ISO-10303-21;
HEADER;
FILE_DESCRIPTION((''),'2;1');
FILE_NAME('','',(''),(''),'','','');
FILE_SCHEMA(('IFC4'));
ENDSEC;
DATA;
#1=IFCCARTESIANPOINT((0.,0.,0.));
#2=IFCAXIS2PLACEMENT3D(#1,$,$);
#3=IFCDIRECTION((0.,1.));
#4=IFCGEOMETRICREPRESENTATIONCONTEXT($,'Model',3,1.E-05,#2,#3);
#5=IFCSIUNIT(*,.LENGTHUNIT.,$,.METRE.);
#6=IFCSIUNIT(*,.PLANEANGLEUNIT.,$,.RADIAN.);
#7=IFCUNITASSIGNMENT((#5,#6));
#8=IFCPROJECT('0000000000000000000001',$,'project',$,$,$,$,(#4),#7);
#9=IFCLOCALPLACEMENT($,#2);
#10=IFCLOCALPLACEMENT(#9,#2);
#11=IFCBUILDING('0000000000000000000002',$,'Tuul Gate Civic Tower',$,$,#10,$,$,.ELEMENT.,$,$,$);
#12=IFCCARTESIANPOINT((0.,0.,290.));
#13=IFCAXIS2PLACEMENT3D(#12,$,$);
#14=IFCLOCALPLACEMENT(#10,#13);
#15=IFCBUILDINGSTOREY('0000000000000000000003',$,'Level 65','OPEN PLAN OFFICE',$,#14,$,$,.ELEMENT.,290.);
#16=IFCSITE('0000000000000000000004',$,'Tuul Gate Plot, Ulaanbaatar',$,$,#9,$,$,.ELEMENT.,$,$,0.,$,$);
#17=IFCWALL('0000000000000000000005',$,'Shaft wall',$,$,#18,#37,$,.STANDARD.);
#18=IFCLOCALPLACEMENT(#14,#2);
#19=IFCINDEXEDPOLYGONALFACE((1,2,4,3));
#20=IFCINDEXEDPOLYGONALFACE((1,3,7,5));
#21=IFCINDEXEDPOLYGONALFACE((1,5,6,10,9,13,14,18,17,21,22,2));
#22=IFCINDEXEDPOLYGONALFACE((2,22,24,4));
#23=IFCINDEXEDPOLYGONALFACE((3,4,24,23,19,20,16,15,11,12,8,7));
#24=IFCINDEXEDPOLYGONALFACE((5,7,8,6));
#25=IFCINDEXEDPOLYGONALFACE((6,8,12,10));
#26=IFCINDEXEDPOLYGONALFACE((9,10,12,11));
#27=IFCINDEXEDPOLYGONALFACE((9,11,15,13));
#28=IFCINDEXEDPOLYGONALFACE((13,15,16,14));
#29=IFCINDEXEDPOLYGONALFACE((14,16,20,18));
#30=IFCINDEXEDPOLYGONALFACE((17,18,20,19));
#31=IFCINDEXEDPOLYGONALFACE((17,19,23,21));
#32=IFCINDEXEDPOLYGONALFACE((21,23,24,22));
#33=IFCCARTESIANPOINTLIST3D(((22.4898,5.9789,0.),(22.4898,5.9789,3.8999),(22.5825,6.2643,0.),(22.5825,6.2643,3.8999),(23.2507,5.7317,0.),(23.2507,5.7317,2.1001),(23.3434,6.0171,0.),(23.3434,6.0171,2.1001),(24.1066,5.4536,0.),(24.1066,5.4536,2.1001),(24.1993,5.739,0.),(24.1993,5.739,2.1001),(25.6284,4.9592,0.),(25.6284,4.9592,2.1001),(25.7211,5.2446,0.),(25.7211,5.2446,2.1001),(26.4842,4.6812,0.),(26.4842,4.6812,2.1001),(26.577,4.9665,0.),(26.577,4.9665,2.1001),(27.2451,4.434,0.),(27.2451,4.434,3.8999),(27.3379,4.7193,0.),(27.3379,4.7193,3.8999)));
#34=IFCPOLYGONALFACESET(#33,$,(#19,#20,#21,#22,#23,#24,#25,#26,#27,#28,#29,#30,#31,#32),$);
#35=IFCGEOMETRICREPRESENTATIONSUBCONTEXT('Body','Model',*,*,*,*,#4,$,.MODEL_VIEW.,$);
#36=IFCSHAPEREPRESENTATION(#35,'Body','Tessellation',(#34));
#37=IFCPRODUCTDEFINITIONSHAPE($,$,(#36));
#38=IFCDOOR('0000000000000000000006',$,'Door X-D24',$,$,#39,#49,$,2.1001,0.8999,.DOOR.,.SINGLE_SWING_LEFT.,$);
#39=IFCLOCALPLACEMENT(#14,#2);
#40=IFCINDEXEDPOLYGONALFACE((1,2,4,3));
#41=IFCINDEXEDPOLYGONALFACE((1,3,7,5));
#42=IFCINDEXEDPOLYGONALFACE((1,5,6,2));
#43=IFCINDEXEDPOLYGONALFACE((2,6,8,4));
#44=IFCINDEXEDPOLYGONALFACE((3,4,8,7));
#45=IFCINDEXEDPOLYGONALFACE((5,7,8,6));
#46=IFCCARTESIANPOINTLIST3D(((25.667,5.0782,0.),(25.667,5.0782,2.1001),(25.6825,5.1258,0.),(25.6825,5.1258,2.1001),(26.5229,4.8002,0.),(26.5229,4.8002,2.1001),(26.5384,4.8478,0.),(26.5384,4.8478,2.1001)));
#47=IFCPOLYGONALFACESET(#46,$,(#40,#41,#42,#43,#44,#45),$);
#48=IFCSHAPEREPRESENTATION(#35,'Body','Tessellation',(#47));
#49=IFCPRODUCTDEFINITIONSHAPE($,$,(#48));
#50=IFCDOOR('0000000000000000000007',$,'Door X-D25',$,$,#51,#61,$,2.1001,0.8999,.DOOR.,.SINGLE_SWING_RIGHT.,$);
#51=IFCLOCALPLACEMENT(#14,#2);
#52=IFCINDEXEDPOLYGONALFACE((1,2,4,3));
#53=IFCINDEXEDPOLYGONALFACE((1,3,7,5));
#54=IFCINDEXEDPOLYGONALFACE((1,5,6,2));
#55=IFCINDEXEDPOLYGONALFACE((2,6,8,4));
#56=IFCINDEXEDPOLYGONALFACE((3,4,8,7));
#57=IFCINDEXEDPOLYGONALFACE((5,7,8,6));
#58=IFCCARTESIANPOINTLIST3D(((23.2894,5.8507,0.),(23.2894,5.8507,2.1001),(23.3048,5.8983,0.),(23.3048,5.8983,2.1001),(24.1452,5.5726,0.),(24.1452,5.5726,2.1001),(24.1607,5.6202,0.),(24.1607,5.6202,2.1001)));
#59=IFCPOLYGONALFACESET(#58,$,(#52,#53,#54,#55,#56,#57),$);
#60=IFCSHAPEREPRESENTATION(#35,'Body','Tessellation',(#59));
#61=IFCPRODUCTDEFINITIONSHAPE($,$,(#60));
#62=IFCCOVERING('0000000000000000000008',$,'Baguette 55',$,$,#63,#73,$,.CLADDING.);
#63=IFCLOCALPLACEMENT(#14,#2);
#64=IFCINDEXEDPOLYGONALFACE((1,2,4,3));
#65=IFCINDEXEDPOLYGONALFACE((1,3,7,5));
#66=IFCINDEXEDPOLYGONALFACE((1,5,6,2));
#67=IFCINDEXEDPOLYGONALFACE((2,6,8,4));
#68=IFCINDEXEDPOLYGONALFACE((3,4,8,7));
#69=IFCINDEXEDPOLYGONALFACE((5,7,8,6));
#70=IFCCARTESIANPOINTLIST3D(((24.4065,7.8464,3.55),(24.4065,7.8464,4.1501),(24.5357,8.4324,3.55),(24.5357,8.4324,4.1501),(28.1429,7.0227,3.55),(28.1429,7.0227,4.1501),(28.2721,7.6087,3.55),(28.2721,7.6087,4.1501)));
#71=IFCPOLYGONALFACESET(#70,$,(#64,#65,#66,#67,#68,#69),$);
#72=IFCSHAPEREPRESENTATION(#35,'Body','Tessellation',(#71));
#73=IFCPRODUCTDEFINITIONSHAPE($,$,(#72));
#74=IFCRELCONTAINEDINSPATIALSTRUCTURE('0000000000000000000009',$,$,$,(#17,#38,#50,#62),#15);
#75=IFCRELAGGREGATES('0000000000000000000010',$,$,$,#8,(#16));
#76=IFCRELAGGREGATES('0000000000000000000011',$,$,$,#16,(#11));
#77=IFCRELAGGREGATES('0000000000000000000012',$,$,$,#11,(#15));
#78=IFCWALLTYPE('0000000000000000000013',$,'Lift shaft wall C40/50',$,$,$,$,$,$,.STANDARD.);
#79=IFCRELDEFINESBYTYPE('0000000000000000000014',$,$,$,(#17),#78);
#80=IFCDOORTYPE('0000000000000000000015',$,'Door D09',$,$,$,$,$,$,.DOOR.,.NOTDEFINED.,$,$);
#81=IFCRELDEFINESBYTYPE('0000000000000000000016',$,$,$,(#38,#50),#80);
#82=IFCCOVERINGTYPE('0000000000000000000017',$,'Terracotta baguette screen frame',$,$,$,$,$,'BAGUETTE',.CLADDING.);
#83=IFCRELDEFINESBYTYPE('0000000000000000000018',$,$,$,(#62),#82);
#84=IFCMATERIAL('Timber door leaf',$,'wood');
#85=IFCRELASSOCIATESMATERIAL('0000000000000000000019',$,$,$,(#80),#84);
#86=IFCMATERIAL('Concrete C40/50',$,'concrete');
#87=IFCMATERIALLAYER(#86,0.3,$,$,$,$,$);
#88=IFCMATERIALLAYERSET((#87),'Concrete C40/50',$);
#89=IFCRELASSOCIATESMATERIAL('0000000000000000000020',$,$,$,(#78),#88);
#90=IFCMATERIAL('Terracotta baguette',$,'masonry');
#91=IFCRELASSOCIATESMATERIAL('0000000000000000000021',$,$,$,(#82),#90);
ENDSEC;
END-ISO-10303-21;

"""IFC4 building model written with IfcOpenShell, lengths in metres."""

from ifc_helpers import new_model, si_unit, direction, frame, frame_2d, origin, origin_2d, place, context, subcontext, project, spatial, rectangle, extrude, material, layer, layer_set, material_profile, profile_set, type_object, element, fill, save


model = new_model("IFC4")

# Units and contexts
model_context = context("Model", 3, precision=1e-05, world=origin(), true_north=direction((0.0, 1.0)))
body_context = subcontext(model_context, "Body", "Model", "MODEL_VIEW")
ifc_project = project(units=[si_unit("LENGTHUNIT", "METRE"), si_unit("PLANEANGLEUNIT", "RADIAN")], contexts=[model_context])

# Site, building, storey
site_placement = place(None, origin())
site = spatial("IfcSite", under=ifc_project, at=site_placement, Name="Tuul Gate Plot, Ulaanbaatar", CompositionType="ELEMENT", RefElevation=0.0)
building_placement = place(site_placement, origin())
building = spatial("IfcBuilding", under=site, at=building_placement, Name="Tuul Gate Civic Tower", CompositionType="ELEMENT")
storey_placement = place(building_placement, frame((0.0, 0.0, 290.0)))
storey = spatial("IfcBuildingStorey", under=building, at=storey_placement, Name="Level 65", Description="OPEN PLAN OFFICE", CompositionType="ELEMENT", Elevation=290.0)

# Shared definitions
ifc_material_1 = material(Name="Timber door leaf", Category="wood")
door_type_1 = type_object("IfcDoorType", Name="Door D09", OperationType="NOTDEFINED", PredefinedType="DOOR", material=ifc_material_1)

# Shared definitions
ifc_material_2 = material(Name="Concrete C40/50", Category="concrete")
ifc_layer_1 = layer(ifc_material_2, 0.3)
ifc_layer_set_1 = layer_set([ifc_layer_1], Name="Concrete C40/50")
wall_type_1 = type_object("IfcWallType", Name="Lift shaft wall C40/50", PredefinedType="STANDARD", material=ifc_layer_set_1)

# Wall, openings, doors
wall_1_placement = place(storey_placement, frame((27.2915, 4.5767, 0.0), z_axis=(0.0, 0.0, 1.0), x_axis=(-0.951068, 0.308982, 0.0)))
wall_1 = element("IfcWall", 1, at=wall_1_placement, inside=storey, type_object=wall_type_1, Name="Shaft wall", PredefinedType="STANDARD", context=body_context, shape_type="SweptSolid", body=[
    extrude(rectangle(XDim=5.0, YDim=0.3, at=frame_2d((2.5, 0.0))), origin(), (0.0, 0.0, 1.0), 3.8999),
])
opening_1_placement = place(wall_1_placement, frame((0.8, 0.0, 0.0)))
opening_1 = element("IfcOpeningElement", 2, at=opening_1_placement, cuts=wall_1, PredefinedType="OPENING", context=body_context, shape_type="SweptSolid", body=[
    extrude(rectangle(XDim=0.8999, YDim=2.1001, at=frame_2d((0.45, 1.05))), frame((0.0, 0.1602, 0.0), z_axis=(0.0, -1.0, 0.0), x_axis=(1.0, 0.0, 0.0)), (0.0, 0.0, 1.0), 0.3201),
])
opening_2_placement = place(wall_1_placement, frame((3.3, 0.0, 0.0)))
opening_2 = element("IfcOpeningElement", 3, at=opening_2_placement, cuts=wall_1, PredefinedType="OPENING", context=body_context, shape_type="SweptSolid", body=[
    extrude(rectangle(XDim=0.8999, YDim=2.1001, at=frame_2d((0.45, 1.05))), frame((0.0, 0.1602, 0.0), z_axis=(0.0, -1.0, 0.0), x_axis=(1.0, 0.0, 0.0)), (0.0, 0.0, 1.0), 0.3201),
])
door_1_placement = place(opening_1_placement, origin())
door_1 = element("IfcDoor", 4, at=door_1_placement, inside=storey, type_object=door_type_1, Name="Door X-D24", OperationType="SINGLE_SWING_LEFT", OverallHeight=2.1001, OverallWidth=0.8999, PredefinedType="DOOR", context=body_context, shape_type="SweptSolid", body=[
    extrude(rectangle(XDim=0.8999, YDim=2.1001, at=frame_2d((0.45, 1.05))), frame((0.0, 0.0249, 0.0), z_axis=(0.0, -1.0, 0.0), x_axis=(1.0, 0.0, 0.0)), (0.0, 0.0, 1.0), 0.05),
])
fill(opening_1, door_1)
door_2_placement = place(opening_2_placement, origin())
door_2 = element("IfcDoor", 5, at=door_2_placement, inside=storey, type_object=door_type_1, Name="Door X-D25", OperationType="SINGLE_SWING_RIGHT", OverallHeight=2.1001, OverallWidth=0.8999, PredefinedType="DOOR", context=body_context, shape_type="SweptSolid", body=[
    extrude(rectangle(XDim=0.8999, YDim=2.1001, at=frame_2d((0.45, 1.05))), frame((0.0, 0.0249, 0.0), z_axis=(0.0, -1.0, 0.0), x_axis=(1.0, 0.0, 0.0)), (0.0, 0.0, 1.0), 0.05),
])
fill(opening_2, door_2)

# Covering
ifc_material_3 = material(Name="Terracotta baguette", Category="masonry")
ifc_material_profile_1 = material_profile(ifc_material_3, rectangle(XDim=0.6001, YDim=0.6001, at=origin_2d()), Name="Terracotta baguette screen frame")
ifc_profile_set_1 = profile_set([ifc_material_profile_1], Name="Terracotta baguette")
covering_type = type_object("IfcCoveringType", Name="Terracotta baguette screen frame", ElementType="BAGUETTE", PredefinedType="CLADDING", material=ifc_profile_set_1)
covering_placement = place(storey_placement, frame((28.2075, 7.3157, 3.8501), z_axis=(-0.976552, 0.215282, 0.0), x_axis=(-0.215282, -0.976552, 0.0)))
element("IfcCovering", 6, at=covering_placement, inside=storey, type_object=covering_type, Name="Baguette 55", PredefinedType="CLADDING", context=body_context, shape_type="SweptSolid", body=[
    extrude(rectangle(XDim=0.6001, YDim=0.6001, at=origin_2d()), origin(), (0.0, 0.0, 1.0), 3.8262),
])

save(model, "model.ifc")
